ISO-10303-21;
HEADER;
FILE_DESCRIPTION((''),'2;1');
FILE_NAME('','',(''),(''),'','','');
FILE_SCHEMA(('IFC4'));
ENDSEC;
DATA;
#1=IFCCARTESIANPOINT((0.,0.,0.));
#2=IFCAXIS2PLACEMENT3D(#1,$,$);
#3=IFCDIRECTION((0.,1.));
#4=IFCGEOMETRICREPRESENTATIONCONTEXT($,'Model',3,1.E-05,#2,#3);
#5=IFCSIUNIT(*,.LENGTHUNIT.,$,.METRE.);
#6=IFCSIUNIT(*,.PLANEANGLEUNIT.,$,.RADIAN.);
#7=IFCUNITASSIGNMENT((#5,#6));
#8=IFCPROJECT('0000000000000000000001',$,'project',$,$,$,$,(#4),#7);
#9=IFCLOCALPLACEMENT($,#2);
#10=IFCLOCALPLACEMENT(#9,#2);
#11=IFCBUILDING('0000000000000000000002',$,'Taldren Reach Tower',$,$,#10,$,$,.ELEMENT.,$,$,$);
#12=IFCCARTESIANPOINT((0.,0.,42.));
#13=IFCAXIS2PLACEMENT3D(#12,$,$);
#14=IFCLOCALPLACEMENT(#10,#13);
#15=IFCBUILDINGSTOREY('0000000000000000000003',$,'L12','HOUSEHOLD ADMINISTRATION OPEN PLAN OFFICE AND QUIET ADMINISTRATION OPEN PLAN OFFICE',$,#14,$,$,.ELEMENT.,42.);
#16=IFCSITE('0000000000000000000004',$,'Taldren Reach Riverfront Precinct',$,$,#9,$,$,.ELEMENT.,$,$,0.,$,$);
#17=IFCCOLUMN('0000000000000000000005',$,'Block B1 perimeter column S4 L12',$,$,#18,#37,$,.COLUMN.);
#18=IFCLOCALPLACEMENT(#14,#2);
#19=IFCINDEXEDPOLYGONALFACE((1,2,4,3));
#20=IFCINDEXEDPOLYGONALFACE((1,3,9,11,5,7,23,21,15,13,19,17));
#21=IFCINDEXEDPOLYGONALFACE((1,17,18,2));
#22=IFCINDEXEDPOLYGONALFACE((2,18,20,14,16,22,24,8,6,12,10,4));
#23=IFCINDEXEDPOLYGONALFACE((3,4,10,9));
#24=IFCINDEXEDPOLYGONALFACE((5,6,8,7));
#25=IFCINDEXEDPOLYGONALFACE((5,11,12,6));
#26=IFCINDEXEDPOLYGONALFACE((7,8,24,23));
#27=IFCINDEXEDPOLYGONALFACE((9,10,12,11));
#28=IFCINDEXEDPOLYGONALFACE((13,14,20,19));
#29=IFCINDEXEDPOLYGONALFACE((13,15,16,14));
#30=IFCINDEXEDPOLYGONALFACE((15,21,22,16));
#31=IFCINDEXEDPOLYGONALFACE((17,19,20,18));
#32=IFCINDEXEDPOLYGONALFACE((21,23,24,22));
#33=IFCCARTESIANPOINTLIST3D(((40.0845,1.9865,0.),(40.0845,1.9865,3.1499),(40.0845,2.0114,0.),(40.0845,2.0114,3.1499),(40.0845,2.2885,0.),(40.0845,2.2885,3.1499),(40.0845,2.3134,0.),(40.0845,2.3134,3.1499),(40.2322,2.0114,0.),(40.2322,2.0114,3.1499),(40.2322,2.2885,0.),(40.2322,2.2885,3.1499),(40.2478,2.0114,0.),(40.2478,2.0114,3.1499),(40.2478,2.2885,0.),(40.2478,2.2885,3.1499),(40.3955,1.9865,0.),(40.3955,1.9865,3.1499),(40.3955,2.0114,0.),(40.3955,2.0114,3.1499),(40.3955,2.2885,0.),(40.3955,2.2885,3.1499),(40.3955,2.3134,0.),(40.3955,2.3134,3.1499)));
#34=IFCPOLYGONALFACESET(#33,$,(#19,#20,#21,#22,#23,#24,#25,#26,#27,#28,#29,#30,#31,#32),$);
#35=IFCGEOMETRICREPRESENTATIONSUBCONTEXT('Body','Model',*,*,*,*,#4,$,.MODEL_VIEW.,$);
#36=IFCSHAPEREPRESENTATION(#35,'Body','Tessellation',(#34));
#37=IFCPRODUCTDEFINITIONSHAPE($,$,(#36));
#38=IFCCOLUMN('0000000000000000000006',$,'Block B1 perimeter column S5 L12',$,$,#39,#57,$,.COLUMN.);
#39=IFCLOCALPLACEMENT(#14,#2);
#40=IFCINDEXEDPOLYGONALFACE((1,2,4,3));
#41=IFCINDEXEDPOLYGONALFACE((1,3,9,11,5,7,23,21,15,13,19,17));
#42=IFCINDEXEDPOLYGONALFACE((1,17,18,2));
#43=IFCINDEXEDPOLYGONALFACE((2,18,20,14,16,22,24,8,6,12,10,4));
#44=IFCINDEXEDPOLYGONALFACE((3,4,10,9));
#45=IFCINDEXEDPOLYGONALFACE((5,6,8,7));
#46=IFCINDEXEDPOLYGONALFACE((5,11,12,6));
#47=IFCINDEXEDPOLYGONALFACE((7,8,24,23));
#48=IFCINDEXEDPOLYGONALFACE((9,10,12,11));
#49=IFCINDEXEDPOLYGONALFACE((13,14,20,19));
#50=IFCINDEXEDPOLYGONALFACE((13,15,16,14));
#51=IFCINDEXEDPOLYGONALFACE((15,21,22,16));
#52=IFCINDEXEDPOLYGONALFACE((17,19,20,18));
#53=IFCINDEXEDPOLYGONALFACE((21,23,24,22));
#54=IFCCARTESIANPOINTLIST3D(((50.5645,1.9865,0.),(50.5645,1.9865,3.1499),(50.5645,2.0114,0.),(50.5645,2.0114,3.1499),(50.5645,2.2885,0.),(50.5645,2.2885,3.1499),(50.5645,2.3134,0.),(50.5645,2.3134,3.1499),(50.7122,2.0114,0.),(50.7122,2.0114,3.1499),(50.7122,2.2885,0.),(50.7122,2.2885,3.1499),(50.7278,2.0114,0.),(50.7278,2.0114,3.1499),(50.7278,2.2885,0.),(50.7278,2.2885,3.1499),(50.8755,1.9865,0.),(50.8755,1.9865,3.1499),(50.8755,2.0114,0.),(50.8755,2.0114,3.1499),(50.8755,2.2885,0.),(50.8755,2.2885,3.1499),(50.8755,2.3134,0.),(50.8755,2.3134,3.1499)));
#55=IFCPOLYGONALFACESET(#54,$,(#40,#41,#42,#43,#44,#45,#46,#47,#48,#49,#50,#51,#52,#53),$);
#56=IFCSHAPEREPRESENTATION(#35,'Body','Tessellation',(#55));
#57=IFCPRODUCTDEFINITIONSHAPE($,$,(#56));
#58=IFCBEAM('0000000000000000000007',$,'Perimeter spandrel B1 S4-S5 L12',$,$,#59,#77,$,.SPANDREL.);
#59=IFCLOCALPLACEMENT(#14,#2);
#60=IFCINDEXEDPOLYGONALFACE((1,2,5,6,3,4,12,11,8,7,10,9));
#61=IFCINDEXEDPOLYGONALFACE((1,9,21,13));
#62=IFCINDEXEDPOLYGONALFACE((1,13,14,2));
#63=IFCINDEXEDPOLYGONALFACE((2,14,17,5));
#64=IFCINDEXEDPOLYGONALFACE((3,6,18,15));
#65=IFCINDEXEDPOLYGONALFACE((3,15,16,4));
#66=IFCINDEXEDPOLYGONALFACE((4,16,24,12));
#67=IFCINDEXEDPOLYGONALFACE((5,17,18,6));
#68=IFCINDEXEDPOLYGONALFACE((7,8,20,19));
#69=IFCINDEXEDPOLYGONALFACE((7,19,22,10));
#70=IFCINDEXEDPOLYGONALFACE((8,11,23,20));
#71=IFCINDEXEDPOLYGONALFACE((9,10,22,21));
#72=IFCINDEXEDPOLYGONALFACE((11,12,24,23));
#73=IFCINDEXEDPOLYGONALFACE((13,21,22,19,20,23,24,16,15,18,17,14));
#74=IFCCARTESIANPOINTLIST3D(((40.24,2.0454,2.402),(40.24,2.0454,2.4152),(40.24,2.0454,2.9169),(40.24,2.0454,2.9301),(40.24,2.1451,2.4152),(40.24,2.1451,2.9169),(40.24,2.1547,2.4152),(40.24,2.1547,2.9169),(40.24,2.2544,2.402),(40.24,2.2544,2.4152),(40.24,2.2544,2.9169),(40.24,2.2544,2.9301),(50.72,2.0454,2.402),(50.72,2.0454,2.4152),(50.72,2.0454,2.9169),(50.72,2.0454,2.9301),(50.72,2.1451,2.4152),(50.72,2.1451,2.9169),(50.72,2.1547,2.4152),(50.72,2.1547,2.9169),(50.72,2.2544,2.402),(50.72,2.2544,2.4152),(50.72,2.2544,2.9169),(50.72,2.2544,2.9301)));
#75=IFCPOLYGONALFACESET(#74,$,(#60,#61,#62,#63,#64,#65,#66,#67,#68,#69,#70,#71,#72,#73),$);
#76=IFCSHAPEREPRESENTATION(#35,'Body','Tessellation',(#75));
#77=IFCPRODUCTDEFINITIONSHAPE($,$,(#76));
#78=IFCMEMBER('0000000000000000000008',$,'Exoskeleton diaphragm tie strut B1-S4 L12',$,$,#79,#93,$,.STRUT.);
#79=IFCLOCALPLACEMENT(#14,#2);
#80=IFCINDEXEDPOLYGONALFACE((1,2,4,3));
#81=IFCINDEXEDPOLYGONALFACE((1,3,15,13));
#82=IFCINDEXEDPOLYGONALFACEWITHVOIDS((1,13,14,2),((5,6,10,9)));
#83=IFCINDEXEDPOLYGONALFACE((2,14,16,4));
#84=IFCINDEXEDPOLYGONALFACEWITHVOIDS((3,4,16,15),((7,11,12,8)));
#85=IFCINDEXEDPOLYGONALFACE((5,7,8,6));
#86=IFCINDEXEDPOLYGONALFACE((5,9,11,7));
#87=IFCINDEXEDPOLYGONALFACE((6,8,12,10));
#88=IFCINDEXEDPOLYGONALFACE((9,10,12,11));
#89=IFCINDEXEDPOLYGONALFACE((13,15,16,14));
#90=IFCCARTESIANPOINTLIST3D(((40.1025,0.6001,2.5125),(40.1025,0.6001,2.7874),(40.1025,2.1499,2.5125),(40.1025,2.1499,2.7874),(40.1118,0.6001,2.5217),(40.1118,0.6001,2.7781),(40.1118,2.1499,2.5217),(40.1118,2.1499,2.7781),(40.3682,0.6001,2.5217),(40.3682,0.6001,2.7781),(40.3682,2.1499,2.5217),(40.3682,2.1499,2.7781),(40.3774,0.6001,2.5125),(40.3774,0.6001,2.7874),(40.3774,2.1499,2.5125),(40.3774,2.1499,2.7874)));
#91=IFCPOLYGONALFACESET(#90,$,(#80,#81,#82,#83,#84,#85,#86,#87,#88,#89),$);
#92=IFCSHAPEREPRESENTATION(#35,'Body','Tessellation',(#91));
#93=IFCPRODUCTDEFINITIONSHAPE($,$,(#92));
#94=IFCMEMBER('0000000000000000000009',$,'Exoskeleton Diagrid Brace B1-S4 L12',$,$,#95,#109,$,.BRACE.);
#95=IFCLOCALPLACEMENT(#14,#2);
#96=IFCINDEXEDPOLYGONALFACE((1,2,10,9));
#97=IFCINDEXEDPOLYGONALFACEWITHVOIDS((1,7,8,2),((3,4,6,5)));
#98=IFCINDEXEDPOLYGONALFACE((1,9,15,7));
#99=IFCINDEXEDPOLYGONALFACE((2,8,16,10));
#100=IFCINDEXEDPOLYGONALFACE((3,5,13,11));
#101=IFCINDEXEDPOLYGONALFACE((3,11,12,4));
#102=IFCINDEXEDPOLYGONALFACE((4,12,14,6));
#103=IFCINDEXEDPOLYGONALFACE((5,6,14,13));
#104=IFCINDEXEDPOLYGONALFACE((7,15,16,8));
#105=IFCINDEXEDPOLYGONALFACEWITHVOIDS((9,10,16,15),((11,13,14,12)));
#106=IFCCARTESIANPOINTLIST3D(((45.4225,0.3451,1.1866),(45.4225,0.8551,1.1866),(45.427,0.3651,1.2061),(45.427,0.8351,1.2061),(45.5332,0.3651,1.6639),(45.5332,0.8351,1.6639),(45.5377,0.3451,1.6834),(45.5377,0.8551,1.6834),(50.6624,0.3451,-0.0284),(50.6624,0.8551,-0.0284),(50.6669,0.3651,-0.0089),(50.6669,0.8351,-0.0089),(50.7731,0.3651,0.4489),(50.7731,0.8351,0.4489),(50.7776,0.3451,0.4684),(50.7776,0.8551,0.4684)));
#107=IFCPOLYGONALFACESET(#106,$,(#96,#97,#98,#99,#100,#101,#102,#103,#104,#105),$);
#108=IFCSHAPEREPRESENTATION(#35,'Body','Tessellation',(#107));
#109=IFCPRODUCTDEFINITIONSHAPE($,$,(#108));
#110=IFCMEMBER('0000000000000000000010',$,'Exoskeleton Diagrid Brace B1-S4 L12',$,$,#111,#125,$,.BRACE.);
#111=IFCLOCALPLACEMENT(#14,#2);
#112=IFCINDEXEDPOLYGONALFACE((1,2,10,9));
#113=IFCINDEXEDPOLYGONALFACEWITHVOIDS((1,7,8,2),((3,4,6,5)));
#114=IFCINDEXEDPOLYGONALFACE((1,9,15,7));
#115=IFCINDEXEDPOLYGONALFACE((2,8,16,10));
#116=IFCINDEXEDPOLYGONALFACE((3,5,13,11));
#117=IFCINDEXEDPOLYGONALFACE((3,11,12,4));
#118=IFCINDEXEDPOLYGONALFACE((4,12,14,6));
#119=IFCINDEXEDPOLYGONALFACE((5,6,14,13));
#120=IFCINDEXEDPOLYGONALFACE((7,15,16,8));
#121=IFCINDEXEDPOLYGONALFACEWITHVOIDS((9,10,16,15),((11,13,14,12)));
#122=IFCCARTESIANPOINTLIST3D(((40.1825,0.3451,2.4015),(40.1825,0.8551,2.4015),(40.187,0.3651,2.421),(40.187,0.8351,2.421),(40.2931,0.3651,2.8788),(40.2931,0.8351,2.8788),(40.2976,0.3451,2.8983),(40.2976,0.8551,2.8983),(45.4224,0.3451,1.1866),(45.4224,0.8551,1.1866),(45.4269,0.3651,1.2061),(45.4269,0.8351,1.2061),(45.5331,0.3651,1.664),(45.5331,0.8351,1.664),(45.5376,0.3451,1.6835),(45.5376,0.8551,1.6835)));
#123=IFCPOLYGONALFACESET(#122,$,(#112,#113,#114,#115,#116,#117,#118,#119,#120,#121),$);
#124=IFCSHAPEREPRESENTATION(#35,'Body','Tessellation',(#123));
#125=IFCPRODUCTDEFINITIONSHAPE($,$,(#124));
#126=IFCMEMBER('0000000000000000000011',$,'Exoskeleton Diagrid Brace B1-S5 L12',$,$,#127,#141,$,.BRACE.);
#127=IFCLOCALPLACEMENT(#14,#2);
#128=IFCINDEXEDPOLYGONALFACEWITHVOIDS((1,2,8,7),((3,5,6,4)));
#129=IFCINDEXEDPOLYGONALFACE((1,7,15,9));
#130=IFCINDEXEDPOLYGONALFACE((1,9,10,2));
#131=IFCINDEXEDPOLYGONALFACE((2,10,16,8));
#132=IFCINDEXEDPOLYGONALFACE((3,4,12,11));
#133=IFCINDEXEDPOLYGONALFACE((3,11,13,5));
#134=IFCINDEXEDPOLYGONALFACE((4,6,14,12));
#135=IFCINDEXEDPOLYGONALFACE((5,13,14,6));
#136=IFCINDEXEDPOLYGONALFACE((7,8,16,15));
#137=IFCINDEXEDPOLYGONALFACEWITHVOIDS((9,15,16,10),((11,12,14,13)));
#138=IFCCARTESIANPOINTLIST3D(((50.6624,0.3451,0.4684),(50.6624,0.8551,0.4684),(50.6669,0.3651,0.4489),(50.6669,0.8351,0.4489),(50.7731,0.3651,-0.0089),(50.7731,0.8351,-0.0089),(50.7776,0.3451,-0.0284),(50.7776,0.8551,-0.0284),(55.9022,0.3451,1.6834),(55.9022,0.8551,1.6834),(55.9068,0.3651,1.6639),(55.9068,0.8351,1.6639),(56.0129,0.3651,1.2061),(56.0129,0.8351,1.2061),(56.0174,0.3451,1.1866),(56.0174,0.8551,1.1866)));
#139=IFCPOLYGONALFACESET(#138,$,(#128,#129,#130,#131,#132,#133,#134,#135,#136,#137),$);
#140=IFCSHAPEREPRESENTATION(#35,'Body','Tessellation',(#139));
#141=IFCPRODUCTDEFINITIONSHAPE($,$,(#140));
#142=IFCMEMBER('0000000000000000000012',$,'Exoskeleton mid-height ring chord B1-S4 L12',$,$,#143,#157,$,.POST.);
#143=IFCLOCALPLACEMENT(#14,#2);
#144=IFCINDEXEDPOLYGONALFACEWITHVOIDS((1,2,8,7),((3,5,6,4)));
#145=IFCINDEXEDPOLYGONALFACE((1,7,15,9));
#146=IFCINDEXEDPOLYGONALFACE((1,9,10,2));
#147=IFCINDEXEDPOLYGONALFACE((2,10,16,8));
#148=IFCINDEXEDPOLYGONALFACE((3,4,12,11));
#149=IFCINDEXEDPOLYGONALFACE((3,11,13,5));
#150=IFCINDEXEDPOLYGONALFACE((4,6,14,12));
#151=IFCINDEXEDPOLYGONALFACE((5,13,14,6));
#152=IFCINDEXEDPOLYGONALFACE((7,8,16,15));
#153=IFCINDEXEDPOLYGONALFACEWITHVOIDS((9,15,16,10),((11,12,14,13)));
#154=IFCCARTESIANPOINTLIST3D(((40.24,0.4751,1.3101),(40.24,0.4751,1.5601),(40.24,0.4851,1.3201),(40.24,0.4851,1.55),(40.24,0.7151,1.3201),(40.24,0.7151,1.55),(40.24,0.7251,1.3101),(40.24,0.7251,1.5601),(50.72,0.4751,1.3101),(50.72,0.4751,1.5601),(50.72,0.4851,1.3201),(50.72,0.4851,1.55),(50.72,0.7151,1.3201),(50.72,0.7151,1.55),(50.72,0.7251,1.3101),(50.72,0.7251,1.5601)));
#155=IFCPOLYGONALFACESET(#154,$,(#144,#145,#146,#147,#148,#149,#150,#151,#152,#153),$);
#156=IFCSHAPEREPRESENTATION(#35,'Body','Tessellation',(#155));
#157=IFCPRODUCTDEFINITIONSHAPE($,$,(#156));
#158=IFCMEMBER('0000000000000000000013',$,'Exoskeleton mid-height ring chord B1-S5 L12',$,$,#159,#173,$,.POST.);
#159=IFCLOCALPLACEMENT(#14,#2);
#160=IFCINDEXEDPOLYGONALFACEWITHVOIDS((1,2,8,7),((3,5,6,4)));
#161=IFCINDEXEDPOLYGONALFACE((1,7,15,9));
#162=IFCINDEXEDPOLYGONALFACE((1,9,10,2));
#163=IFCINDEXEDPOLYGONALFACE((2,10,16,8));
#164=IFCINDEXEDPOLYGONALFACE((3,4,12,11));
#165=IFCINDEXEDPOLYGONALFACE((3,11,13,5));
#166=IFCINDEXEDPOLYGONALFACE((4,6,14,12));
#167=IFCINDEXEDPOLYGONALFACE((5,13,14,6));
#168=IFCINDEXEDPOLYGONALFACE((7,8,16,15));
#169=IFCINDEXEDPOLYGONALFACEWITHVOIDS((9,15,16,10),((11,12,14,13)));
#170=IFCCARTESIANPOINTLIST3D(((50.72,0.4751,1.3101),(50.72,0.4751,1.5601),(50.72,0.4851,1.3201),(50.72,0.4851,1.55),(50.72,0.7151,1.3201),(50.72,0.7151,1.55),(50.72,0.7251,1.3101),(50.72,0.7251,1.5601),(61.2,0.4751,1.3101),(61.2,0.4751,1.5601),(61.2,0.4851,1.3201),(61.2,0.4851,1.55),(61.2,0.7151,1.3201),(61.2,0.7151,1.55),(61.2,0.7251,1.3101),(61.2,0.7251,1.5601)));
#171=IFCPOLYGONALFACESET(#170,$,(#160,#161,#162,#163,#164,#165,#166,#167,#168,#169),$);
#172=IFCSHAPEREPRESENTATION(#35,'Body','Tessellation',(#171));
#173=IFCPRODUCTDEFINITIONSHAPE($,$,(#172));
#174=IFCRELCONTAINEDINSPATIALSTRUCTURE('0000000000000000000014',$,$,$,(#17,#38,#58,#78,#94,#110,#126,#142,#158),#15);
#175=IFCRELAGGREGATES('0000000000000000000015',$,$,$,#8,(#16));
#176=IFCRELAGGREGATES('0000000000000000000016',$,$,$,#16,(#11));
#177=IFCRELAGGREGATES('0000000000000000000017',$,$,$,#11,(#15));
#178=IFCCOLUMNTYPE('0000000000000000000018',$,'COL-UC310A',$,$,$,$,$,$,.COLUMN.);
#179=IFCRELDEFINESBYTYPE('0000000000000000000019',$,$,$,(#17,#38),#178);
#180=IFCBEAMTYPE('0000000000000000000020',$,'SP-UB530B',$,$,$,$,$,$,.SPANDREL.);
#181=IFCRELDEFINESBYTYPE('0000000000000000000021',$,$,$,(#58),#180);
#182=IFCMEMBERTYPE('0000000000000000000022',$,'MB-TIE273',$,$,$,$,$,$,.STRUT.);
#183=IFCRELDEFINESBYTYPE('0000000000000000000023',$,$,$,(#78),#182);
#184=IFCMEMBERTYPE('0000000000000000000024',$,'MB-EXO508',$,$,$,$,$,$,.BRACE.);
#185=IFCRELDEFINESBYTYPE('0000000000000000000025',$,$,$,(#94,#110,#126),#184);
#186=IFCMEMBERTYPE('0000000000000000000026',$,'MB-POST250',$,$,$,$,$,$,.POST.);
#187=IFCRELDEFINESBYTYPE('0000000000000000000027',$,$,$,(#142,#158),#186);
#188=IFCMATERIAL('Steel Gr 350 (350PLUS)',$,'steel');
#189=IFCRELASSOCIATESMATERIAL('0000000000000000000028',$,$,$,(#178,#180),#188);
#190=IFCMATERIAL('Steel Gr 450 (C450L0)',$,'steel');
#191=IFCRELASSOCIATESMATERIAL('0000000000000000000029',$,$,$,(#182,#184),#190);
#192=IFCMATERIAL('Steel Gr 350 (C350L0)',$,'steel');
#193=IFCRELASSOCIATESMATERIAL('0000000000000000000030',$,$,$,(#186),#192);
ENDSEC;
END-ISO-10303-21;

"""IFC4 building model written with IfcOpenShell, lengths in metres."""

from ifc_helpers import new_model, si_unit, direction, frame, origin, origin_2d, place, context, subcontext, project, spatial, hollow_rectangle, i_section, extrude, source, transform, mapped, material, material_profile, profile_set, type_object, element, save


model = new_model("IFC4")

# Units and contexts
model_context = context("Model", 3, precision=1e-05, world=origin(), true_north=direction((0.0, 1.0)))
body_context = subcontext(model_context, "Body", "Model", "MODEL_VIEW")
ifc_project = project(units=[si_unit("LENGTHUNIT", "METRE"), si_unit("PLANEANGLEUNIT", "RADIAN")], contexts=[model_context])

# Site, building, storey
site_placement = place(None, origin())
site = spatial("IfcSite", under=ifc_project, at=site_placement, Name="Taldren Reach Riverfront Precinct", CompositionType="ELEMENT", RefElevation=0.0)
building_placement = place(site_placement, origin())
building = spatial("IfcBuilding", under=site, at=building_placement, Name="Taldren Reach Tower", CompositionType="ELEMENT")
storey_placement = place(building_placement, frame((0.0, 0.0, 42.0)))
storey = spatial("IfcBuildingStorey", under=building, at=storey_placement, Name="L12", Description="HOUSEHOLD ADMINISTRATION OPEN PLAN OFFICE AND QUIET ADMINISTRATION OPEN PLAN OFFICE", CompositionType="ELEMENT", Elevation=42.0)

# Columns
ifc_material_1 = material(Name="Steel Gr 350 (350PLUS)", Category="steel")
ifc_material_profile_1 = material_profile(ifc_material_1, i_section(OverallWidth=0.311, OverallDepth=0.3269, WebThickness=0.0156, FlangeThickness=0.0249, at=origin_2d()), Name="310UC158")
ifc_profile_set_1 = profile_set([ifc_material_profile_1], Name="Steel Gr 350 (350PLUS)")
column_type = type_object("IfcColumnType", Name="COL-UC310A", PredefinedType="COLUMN", material=ifc_profile_set_1)
shared_shape_1 = source(origin(), body_context, "Body", "SweptSolid", [
    extrude(i_section(OverallWidth=0.311, OverallDepth=0.3269, WebThickness=0.0156, FlangeThickness=0.0249, at=origin_2d()), origin(), (0.0, 0.0, 1.0), 3.1499),
])
for number, where, z_axis, x_axis, name in (
    (1, (40.24, 2.1499, 0.0), (0.0, 0.0, 1.0), (1.0, 0.0, 0.0), "Block B1 perimeter column S4 L12"),
    (2, (50.72, 2.1499, 0.0), (0.0, 0.0, 1.0), (1.0, 0.0, 0.0), "Block B1 perimeter column S5 L12"),
):
    element("IfcColumn", number, at=place(storey_placement, frame(where, z_axis=z_axis, x_axis=x_axis)), inside=storey, type_object=column_type, Name=name, PredefinedType="COLUMN", context=body_context, shape_type="MappedRepresentation", body=[
        mapped(shared_shape_1, transform((0.0, 0.0, 0.0), scale=1.0)),
    ])

# Beam
ifc_material_profile_2 = material_profile(ifc_material_1, i_section(OverallWidth=0.209, OverallDepth=0.5281, WebThickness=0.0095, FlangeThickness=0.0132, at=origin_2d()), Name="530UB82.0")
ifc_profile_set_2 = profile_set([ifc_material_profile_2], Name="Steel Gr 350 (350PLUS)")
beam_type = type_object("IfcBeamType", Name="SP-UB530B", PredefinedType="SPANDREL", material=ifc_profile_set_2)
shared_shape_2 = source(origin(), body_context, "Body", "SweptSolid", [
    extrude(i_section(OverallWidth=0.209, OverallDepth=0.5281, WebThickness=0.0095, FlangeThickness=0.0132, at=origin_2d()), origin(), (0.0, 0.0, 1.0), 10.48),
])
beam_placement = place(storey_placement, frame((40.24, 2.1499, 2.666), z_axis=(1.0, 0.0, 0.0), x_axis=(0.0, 1.0, 0.0)))
element("IfcBeam", 3, at=beam_placement, inside=storey, type_object=beam_type, Name="Perimeter spandrel B1 S4-S5 L12", PredefinedType="SPANDREL", context=body_context, shape_type="MappedRepresentation", body=[
    mapped(shared_shape_2, transform((0.0, 0.0, 0.0), scale=1.0)),
])

# Members
ifc_material_2 = material(Name="Steel Gr 450 (C450L0)", Category="steel")
ifc_material_profile_3 = material_profile(ifc_material_2, hollow_rectangle(XDim=0.2749, YDim=0.2749, WallThickness=0.0093, at=origin_2d()), Name="275x275x9.3SHS")
ifc_profile_set_3 = profile_set([ifc_material_profile_3], Name="Steel Gr 450 (C450L0)")
member_type_1 = type_object("IfcMemberType", Name="MB-TIE273", PredefinedType="STRUT", material=ifc_profile_set_3)
shared_shape_3 = source(origin(), body_context, "Body", "SweptSolid", [
    extrude(hollow_rectangle(XDim=0.2749, YDim=0.2749, WallThickness=0.0093, at=origin_2d()), origin(), (0.0, 0.0, 1.0), 1.5498),
])
member_1_placement = place(storey_placement, frame((40.24, 2.1499, 2.6499), z_axis=(0.0, -1.0, 0.0), x_axis=(1.0, 0.0, 0.0)))
element("IfcMember", 4, at=member_1_placement, inside=storey, type_object=member_type_1, Name="Exoskeleton diaphragm tie strut B1-S4 L12", PredefinedType="STRUT", context=body_context, shape_type="MappedRepresentation", body=[
    mapped(shared_shape_3, transform((0.0, 0.0, 0.0), scale=1.0)),
])
ifc_material_profile_4 = material_profile(ifc_material_2, hollow_rectangle(XDim=0.51, YDim=0.51, WallThickness=0.02, at=origin_2d()), Name="510x510x20.0SHS")
ifc_profile_set_4 = profile_set([ifc_material_profile_4], Name="Steel Gr 450 (C450L0)")
member_type_2 = type_object("IfcMemberType", Name="MB-EXO508", PredefinedType="BRACE", material=ifc_profile_set_4)
shared_shape_4 = source(origin(), body_context, "Body", "SweptSolid", [
    extrude(hollow_rectangle(XDim=0.51, YDim=0.51, WallThickness=0.02, at=origin_2d()), origin(), (0.0, 0.0, 1.0), 5.3789),
])
for number, where, z_axis, x_axis, name in (
    (5, (50.72, 0.6001, 0.22), (-0.974152, 0.0, 0.225894), (0.0, -1.0, 0.0), "Exoskeleton Diagrid Brace B1-S4 L12"),
    (6, (45.48, 0.6001, 1.4351), (-0.974162, 0.0, 0.225851), (0.0, -1.0, 0.0), "Exoskeleton Diagrid Brace B1-S4 L12"),
    (7, (50.72, 0.6001, 0.22), (0.974152, 0.0, 0.225894), (0.0, 1.0, 0.0), "Exoskeleton Diagrid Brace B1-S5 L12"),
):
    element("IfcMember", number, at=place(storey_placement, frame(where, z_axis=z_axis, x_axis=x_axis)), inside=storey, type_object=member_type_2, Name=name, PredefinedType="BRACE", context=body_context, shape_type="MappedRepresentation", body=[
        mapped(shared_shape_4, transform((0.0, 0.0, 0.0), scale=1.0)),
    ])
ifc_material_3 = material(Name="Steel Gr 350 (C350L0)", Category="steel")
ifc_material_profile_5 = material_profile(ifc_material_3, hollow_rectangle(XDim=0.25, YDim=0.25, WallThickness=0.01, at=origin_2d()), Name="250x250x10.0SHS")
ifc_profile_set_5 = profile_set([ifc_material_profile_5], Name="Steel Gr 350 (C350L0)")
member_type_3 = type_object("IfcMemberType", Name="MB-POST250", PredefinedType="POST", material=ifc_profile_set_5)
shared_shape_5 = source(origin(), body_context, "Body", "SweptSolid", [
    extrude(hollow_rectangle(XDim=0.25, YDim=0.25, WallThickness=0.01, at=origin_2d()), origin(), (0.0, 0.0, 1.0), 10.48),
])
for number, where, z_axis, x_axis, name in (
    (8, (40.24, 0.6001, 1.4351), (1.0, 0.0, 0.0), (0.0, 1.0, 0.0), "Exoskeleton mid-height ring chord B1-S4 L12"),
    (9, (50.72, 0.6001, 1.4351), (1.0, 0.0, 0.0), (0.0, 1.0, 0.0), "Exoskeleton mid-height ring chord B1-S5 L12"),
):
    element("IfcMember", number, at=place(storey_placement, frame(where, z_axis=z_axis, x_axis=x_axis)), inside=storey, type_object=member_type_3, Name=name, PredefinedType="POST", context=body_context, shape_type="MappedRepresentation", body=[
        mapped(shared_shape_5, transform((0.0, 0.0, 0.0), scale=1.0)),
    ])

save(model, "model.ifc")
